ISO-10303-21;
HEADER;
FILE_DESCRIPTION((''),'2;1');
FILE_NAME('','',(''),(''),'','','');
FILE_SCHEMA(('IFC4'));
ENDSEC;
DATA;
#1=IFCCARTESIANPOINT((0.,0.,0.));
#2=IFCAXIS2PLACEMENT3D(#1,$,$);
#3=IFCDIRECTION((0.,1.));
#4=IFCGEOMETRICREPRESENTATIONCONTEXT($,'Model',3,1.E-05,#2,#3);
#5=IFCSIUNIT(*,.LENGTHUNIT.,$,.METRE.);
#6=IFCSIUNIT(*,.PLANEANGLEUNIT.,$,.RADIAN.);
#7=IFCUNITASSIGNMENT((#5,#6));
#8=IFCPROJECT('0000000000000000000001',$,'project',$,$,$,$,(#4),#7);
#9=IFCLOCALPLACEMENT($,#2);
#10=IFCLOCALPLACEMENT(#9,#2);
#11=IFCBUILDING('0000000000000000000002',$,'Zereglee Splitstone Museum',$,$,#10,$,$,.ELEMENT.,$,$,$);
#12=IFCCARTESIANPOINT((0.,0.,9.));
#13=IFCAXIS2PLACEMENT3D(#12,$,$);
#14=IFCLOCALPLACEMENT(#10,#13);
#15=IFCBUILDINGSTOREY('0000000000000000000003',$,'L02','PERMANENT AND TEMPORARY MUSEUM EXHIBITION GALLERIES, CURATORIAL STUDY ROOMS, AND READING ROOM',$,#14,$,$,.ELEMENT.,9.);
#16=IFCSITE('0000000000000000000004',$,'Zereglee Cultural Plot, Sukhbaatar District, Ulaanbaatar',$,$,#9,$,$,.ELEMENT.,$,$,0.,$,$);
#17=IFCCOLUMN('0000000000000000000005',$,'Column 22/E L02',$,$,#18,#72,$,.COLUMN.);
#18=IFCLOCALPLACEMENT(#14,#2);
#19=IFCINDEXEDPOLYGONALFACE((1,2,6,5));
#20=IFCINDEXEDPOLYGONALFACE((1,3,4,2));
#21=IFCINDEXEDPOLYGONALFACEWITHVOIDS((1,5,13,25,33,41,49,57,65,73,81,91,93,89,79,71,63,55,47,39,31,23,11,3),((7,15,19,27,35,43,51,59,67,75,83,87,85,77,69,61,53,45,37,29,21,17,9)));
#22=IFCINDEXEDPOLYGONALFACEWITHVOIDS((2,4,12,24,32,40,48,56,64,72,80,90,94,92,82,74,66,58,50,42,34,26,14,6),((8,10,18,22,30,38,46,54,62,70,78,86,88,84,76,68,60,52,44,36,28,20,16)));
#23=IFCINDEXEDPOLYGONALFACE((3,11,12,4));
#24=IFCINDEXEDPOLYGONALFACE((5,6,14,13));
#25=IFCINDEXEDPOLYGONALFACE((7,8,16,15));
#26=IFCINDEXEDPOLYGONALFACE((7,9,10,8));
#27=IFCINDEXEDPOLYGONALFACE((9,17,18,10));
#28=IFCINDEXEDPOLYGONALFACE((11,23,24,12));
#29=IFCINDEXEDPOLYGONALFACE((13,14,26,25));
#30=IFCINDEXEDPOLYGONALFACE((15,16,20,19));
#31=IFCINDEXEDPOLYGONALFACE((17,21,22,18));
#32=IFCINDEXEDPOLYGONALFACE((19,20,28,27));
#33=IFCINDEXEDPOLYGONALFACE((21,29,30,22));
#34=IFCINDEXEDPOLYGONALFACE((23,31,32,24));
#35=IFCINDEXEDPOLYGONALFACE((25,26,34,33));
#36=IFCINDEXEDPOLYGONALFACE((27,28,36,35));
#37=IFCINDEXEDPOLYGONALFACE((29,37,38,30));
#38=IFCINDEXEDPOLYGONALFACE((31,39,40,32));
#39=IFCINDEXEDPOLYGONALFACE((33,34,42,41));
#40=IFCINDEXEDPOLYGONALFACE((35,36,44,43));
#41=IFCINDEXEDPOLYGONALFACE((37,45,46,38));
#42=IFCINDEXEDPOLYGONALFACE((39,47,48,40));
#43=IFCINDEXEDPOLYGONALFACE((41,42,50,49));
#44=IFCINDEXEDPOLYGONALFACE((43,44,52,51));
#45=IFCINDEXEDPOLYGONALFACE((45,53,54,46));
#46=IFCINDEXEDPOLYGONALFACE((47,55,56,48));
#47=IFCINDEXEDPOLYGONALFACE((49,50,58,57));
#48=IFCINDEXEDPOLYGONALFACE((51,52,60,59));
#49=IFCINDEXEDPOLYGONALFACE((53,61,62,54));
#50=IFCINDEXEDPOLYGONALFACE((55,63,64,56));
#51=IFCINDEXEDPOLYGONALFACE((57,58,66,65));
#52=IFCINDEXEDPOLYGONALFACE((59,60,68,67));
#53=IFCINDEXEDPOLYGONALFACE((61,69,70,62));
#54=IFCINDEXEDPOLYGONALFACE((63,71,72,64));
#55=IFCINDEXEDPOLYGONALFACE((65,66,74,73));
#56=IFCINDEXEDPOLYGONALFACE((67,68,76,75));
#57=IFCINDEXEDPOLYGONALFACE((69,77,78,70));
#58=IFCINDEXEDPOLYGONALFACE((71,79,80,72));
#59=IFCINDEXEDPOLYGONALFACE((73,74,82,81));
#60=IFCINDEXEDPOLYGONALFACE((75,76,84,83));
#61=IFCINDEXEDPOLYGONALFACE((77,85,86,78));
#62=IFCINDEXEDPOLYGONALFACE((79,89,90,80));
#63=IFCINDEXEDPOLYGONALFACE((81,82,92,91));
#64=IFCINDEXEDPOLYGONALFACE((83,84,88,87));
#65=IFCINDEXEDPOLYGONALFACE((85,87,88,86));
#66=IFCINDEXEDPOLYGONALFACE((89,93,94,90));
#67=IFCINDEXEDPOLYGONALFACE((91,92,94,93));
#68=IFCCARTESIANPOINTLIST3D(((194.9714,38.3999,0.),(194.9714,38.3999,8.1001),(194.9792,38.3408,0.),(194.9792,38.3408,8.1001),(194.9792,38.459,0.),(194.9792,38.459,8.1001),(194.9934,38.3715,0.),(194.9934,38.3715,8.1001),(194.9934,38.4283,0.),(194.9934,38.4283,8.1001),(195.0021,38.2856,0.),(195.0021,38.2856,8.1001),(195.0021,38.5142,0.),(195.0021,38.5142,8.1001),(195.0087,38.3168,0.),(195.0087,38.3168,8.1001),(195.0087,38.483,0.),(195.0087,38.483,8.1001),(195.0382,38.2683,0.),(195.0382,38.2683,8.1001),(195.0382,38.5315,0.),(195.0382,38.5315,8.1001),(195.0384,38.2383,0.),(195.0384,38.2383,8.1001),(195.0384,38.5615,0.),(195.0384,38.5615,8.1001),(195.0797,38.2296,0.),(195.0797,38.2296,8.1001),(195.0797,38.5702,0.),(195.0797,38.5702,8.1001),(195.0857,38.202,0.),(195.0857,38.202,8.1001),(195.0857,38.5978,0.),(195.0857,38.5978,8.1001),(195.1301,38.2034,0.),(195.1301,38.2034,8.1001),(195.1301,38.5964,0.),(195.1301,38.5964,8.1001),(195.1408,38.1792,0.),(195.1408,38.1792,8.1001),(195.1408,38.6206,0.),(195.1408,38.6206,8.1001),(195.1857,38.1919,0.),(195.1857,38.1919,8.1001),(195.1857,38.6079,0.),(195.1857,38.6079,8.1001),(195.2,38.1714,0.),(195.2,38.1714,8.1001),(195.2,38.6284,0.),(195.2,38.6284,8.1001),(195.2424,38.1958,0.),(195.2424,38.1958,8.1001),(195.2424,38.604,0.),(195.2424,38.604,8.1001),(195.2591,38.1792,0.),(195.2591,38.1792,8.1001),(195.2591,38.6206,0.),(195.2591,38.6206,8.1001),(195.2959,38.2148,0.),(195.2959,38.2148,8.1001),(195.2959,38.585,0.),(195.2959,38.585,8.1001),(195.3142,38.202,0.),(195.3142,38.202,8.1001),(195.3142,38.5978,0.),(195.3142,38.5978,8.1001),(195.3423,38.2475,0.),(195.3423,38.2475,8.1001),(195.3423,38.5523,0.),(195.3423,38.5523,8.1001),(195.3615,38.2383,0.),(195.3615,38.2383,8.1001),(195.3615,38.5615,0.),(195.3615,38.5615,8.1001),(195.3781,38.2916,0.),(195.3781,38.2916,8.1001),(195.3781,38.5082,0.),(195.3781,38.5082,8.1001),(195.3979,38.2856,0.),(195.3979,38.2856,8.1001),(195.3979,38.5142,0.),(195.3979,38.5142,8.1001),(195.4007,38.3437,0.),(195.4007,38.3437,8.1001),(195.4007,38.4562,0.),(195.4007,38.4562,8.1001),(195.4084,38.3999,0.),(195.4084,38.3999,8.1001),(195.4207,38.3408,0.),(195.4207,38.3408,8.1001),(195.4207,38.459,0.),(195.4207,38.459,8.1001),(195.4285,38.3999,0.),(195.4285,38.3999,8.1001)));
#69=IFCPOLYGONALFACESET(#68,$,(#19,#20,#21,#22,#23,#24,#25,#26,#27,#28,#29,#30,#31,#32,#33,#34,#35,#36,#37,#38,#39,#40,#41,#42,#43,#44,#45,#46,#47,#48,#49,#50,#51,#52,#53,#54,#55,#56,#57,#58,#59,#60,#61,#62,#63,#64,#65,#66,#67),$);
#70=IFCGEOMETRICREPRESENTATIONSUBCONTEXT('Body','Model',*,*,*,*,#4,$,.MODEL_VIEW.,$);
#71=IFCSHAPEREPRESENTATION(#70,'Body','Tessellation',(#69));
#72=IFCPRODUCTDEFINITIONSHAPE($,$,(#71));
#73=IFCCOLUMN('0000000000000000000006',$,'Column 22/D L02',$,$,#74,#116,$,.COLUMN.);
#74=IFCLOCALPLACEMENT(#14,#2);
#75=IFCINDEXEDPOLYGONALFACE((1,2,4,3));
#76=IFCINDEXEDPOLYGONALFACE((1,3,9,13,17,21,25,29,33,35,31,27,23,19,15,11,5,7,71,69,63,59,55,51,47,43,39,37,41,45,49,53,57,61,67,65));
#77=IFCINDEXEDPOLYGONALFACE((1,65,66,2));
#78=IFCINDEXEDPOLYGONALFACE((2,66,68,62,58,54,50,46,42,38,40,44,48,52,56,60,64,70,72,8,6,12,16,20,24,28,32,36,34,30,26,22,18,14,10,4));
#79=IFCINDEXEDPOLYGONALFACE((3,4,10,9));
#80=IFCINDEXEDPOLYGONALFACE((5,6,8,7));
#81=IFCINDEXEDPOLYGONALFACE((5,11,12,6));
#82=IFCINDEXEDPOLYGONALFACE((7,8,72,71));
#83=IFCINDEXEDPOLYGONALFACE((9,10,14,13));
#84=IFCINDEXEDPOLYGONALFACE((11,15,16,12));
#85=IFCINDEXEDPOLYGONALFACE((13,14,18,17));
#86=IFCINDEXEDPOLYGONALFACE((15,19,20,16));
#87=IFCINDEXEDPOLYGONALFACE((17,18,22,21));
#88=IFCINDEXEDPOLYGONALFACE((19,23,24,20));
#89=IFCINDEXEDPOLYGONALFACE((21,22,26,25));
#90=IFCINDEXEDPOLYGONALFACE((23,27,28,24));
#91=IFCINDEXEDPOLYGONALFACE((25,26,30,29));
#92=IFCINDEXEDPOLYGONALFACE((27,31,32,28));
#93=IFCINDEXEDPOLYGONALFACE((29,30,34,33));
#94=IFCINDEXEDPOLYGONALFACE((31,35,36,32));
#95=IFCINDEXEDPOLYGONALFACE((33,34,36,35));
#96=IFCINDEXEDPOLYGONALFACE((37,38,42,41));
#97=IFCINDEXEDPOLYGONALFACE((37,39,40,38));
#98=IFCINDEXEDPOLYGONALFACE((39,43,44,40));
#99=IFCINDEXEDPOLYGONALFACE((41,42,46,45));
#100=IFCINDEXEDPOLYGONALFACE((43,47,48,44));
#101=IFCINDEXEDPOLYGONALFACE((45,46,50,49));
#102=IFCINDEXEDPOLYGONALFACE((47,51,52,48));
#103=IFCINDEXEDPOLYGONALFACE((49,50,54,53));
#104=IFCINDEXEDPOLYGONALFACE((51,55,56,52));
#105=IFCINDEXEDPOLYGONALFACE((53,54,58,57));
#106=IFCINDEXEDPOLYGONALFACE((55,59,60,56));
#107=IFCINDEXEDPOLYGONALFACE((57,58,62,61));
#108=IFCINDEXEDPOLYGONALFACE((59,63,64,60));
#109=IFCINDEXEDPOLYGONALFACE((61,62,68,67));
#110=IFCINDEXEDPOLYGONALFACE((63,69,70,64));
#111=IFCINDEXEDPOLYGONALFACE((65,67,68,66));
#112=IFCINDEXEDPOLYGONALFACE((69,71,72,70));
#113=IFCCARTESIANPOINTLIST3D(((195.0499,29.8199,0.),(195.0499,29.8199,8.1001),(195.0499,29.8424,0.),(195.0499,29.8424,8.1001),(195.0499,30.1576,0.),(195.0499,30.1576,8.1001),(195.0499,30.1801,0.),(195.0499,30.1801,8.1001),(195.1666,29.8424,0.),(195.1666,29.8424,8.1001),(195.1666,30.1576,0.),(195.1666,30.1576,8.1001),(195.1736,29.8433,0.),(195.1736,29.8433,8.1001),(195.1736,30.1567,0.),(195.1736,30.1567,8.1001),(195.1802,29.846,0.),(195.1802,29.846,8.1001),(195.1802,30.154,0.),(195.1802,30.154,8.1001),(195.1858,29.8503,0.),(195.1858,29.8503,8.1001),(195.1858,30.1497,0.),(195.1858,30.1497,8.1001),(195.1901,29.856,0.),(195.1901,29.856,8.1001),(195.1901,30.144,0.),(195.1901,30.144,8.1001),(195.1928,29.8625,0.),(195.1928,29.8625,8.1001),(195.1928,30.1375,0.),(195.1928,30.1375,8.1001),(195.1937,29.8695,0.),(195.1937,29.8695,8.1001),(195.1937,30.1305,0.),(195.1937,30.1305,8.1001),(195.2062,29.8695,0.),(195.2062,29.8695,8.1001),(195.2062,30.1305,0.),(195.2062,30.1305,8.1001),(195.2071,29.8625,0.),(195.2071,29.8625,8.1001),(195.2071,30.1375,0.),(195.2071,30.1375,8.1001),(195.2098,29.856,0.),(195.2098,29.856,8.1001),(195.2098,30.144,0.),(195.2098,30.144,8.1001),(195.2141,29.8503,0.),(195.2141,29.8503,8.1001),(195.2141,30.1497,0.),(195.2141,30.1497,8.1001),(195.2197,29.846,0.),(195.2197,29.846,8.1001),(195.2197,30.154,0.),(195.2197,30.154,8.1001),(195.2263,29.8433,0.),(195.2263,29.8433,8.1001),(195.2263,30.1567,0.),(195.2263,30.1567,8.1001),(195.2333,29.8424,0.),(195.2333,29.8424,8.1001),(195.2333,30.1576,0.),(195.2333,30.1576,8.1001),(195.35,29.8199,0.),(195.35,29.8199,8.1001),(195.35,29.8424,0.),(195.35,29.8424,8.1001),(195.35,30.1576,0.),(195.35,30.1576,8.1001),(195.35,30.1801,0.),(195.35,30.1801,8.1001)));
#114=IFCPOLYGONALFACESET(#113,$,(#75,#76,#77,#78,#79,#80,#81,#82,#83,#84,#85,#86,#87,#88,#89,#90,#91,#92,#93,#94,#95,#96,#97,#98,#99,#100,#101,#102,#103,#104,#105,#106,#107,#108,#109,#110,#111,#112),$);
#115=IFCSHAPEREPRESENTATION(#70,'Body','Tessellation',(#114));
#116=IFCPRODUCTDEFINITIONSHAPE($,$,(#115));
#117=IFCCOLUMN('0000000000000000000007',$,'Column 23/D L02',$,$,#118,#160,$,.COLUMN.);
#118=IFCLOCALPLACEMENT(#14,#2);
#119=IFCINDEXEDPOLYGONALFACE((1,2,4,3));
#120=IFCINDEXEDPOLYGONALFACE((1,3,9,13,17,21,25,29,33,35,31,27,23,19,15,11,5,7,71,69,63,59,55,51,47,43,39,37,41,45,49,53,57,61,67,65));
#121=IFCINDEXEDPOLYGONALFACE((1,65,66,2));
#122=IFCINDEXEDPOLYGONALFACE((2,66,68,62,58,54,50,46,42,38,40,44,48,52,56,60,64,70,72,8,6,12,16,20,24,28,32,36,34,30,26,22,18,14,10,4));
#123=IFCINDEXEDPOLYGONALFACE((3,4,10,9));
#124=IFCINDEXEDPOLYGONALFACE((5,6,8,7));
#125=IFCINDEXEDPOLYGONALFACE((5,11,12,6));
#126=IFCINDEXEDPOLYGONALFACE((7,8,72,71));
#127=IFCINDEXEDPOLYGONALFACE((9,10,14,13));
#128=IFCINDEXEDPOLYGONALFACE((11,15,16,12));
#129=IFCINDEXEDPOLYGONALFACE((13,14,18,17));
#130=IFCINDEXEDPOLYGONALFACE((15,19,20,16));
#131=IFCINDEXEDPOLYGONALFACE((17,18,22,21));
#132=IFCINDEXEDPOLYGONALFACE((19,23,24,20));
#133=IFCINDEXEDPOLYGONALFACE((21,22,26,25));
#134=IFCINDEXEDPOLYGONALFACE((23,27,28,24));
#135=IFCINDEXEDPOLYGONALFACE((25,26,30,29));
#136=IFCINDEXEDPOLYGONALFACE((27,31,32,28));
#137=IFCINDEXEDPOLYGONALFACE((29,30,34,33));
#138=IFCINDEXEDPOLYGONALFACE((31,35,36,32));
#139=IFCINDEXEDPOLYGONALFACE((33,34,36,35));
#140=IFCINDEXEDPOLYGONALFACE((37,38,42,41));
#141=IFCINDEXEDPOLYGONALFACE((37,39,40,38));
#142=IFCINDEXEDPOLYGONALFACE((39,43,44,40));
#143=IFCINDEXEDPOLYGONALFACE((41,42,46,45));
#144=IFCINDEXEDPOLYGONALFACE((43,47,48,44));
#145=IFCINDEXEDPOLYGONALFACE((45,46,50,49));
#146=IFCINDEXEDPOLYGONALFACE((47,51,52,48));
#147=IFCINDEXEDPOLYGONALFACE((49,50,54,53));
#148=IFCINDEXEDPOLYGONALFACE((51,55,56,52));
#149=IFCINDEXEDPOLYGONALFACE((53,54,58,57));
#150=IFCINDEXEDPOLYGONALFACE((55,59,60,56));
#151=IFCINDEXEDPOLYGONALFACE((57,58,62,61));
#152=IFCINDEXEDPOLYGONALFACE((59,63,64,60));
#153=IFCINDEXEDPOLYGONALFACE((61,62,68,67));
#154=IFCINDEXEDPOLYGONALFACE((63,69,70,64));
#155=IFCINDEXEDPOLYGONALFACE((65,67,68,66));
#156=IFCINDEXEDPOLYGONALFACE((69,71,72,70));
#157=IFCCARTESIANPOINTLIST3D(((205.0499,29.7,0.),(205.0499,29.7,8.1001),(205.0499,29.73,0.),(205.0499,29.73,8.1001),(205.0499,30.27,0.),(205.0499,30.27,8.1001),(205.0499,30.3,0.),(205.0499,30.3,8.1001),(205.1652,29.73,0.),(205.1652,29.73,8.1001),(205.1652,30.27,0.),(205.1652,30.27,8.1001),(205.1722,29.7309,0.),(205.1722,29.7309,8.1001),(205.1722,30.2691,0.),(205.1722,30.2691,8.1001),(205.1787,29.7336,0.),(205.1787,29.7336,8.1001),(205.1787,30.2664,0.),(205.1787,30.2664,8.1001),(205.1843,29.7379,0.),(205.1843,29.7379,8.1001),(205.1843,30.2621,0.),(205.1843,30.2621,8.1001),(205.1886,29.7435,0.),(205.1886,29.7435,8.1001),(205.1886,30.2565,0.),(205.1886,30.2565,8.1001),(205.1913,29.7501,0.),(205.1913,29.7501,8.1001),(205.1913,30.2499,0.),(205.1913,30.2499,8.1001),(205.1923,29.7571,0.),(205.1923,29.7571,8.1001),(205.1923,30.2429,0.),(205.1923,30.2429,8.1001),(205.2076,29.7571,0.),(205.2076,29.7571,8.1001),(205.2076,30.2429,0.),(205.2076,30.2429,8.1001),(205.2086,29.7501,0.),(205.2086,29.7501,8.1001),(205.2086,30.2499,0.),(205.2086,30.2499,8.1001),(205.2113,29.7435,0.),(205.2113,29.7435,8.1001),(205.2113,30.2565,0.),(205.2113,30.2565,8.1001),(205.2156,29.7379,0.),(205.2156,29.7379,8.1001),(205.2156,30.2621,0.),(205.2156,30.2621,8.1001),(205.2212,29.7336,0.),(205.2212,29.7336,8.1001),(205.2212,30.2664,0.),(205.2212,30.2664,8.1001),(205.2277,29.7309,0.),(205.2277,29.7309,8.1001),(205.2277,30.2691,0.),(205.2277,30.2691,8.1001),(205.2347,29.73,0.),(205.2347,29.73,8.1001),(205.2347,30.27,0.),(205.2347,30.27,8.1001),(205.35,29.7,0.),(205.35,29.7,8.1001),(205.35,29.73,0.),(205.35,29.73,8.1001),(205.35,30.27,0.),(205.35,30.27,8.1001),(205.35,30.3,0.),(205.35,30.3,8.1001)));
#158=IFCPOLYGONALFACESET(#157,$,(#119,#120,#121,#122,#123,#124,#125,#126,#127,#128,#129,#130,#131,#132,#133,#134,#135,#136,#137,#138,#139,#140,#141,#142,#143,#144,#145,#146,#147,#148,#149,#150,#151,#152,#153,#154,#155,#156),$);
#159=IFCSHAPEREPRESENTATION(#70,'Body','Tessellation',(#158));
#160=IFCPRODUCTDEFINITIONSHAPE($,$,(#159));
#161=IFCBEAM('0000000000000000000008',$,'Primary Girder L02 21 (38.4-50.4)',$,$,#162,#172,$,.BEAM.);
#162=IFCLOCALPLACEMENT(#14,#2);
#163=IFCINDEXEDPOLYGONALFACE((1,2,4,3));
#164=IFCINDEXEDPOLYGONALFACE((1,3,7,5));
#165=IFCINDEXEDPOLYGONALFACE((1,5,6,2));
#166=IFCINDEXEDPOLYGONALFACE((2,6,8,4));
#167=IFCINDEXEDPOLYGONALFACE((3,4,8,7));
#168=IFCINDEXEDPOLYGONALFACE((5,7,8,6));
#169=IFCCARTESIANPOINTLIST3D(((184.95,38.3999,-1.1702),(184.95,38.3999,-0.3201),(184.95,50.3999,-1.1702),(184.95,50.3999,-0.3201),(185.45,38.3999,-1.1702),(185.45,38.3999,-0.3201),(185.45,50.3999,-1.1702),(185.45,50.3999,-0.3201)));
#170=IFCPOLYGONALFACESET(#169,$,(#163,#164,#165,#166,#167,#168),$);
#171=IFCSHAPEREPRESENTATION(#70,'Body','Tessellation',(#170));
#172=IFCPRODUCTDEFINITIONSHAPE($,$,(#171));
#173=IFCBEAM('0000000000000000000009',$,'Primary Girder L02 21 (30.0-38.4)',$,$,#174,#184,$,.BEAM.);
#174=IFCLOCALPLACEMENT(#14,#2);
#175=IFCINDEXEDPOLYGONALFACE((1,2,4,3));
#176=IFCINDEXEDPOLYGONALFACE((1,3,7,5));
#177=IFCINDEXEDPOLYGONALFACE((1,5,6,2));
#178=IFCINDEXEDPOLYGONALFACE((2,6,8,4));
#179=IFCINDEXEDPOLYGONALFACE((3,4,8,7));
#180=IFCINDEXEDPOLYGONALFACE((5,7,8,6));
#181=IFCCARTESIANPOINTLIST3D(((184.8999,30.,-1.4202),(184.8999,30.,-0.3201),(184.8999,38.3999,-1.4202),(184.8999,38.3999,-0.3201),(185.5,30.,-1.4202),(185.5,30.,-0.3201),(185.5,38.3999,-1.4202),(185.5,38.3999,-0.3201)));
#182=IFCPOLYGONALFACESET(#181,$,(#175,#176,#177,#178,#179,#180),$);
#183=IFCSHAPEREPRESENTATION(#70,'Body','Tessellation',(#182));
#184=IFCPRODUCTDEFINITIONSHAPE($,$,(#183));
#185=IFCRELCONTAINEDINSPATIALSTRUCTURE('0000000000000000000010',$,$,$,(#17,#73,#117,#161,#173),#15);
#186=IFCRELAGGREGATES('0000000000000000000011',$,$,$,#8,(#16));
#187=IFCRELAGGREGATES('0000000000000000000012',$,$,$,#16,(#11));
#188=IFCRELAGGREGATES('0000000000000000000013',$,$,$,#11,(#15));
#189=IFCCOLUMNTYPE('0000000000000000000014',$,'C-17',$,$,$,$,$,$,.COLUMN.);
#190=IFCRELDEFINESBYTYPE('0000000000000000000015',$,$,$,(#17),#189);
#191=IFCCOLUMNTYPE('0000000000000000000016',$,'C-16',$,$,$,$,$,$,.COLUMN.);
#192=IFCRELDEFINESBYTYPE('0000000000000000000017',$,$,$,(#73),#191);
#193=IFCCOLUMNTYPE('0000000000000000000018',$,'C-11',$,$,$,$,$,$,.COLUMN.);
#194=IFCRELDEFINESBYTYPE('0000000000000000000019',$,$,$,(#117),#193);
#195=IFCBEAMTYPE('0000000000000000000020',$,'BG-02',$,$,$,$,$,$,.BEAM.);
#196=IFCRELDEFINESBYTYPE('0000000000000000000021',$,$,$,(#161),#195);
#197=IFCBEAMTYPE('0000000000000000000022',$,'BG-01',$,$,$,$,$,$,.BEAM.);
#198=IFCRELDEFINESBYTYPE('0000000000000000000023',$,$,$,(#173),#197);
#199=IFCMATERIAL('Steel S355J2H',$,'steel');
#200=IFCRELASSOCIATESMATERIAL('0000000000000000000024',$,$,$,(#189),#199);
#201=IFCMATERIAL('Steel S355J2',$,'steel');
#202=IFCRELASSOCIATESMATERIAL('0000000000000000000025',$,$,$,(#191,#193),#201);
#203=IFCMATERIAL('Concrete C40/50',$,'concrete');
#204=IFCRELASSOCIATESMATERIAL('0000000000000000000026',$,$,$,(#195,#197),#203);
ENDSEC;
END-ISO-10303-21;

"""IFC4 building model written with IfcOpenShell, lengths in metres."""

from ifc_helpers import new_model, si_unit, direction, frame, origin, origin_2d, place, context, subcontext, project, spatial, rectangle, hollow_circle, i_section, extrude, material, material_profile, profile_set, type_object, element, save


model = new_model("IFC4")

# Units and contexts
model_context = context("Model", 3, precision=1e-05, world=origin(), true_north=direction((0.0, 1.0)))
body_context = subcontext(model_context, "Body", "Model", "MODEL_VIEW")
ifc_project = project(units=[si_unit("LENGTHUNIT", "METRE"), si_unit("PLANEANGLEUNIT", "RADIAN")], contexts=[model_context])

# Site, building, storey
site_placement = place(None, origin())
site = spatial("IfcSite", under=ifc_project, at=site_placement, Name="Zereglee Cultural Plot, Sukhbaatar District, Ulaanbaatar", CompositionType="ELEMENT", RefElevation=0.0)
building_placement = place(site_placement, origin())
building = spatial("IfcBuilding", under=site, at=building_placement, Name="Zereglee Splitstone Museum", CompositionType="ELEMENT")
storey_placement = place(building_placement, frame((0.0, 0.0, 9.0)))
storey = spatial("IfcBuildingStorey", under=building, at=storey_placement, Name="L02", Description="PERMANENT AND TEMPORARY MUSEUM EXHIBITION GALLERIES, CURATORIAL STUDY ROOMS, AND READING ROOM", CompositionType="ELEMENT", Elevation=9.0)

# Columns
ifc_material_1 = material(Name="Steel S355J2H", Category="steel")
ifc_material_profile_1 = material_profile(ifc_material_1, hollow_circle(Radius=0.2285, WallThickness=0.02, at=origin_2d()), Name="CHS 457.0x20")
ifc_profile_set_1 = profile_set([ifc_material_profile_1], Name="Steel S355J2H")
column_type_1 = type_object("IfcColumnType", Name="C-17", PredefinedType="COLUMN", material=ifc_profile_set_1)
column_1_placement = place(storey_placement, frame((195.2, 38.3999, 0.0), z_axis=(0.0, 0.0, 1.0), x_axis=(1.0, 0.0, 0.0)))
element("IfcColumn", 1, at=column_1_placement, inside=storey, type_object=column_type_1, Name="Column 22/E L02", PredefinedType="COLUMN", context=body_context, shape_type="SweptSolid", body=[
    extrude(hollow_circle(Radius=0.2285, WallThickness=0.02, at=origin_2d()), origin(), (0.0, 0.0, 1.0), 8.1001),
])
ifc_material_2 = material(Name="Steel S355J2", Category="steel")
ifc_material_profile_2 = material_profile(ifc_material_2, i_section(OverallWidth=0.3, OverallDepth=0.3601, WebThickness=0.0125, FlangeThickness=0.0225, FilletRadius=0.0271, at=origin_2d()), Name="HE 360 B")
ifc_profile_set_2 = profile_set([ifc_material_profile_2], Name="Steel S355J2")
column_type_2 = type_object("IfcColumnType", Name="C-16", PredefinedType="COLUMN", material=ifc_profile_set_2)
column_2_placement = place(storey_placement, frame((195.2, 30.0, 0.0), z_axis=(0.0, 0.0, 1.0), x_axis=(1.0, 0.0, 0.0)))
element("IfcColumn", 2, at=column_2_placement, inside=storey, type_object=column_type_2, Name="Column 22/D L02", PredefinedType="COLUMN", context=body_context, shape_type="SweptSolid", body=[
    extrude(i_section(OverallWidth=0.3, OverallDepth=0.3601, WebThickness=0.0125, FlangeThickness=0.0225, FilletRadius=0.0271, at=origin_2d()), origin(), (0.0, 0.0, 1.0), 8.1001),
])
ifc_material_profile_3 = material_profile(ifc_material_2, i_section(OverallWidth=0.3, OverallDepth=0.6001, WebThickness=0.0154, FlangeThickness=0.03, FilletRadius=0.0271, at=origin_2d()), Name="HE 600 B")
ifc_profile_set_3 = profile_set([ifc_material_profile_3], Name="Steel S355J2")
column_type_3 = type_object("IfcColumnType", Name="C-11", PredefinedType="COLUMN", material=ifc_profile_set_3)
column_3_placement = place(storey_placement, frame((205.2, 30.0, 0.0), z_axis=(0.0, 0.0, 1.0), x_axis=(1.0, 0.0, 0.0)))
element("IfcColumn", 3, at=column_3_placement, inside=storey, type_object=column_type_3, Name="Column 23/D L02", PredefinedType="COLUMN", context=body_context, shape_type="SweptSolid", body=[
    extrude(i_section(OverallWidth=0.3, OverallDepth=0.6001, WebThickness=0.0154, FlangeThickness=0.03, FilletRadius=0.0271, at=origin_2d()), origin(), (0.0, 0.0, 1.0), 8.1001),
])

# Beams
ifc_material_3 = material(Name="Concrete C40/50", Category="concrete")
ifc_material_profile_4 = material_profile(ifc_material_3, rectangle(XDim=0.5, YDim=0.8501, at=origin_2d()), Name="RC 500x850")
ifc_profile_set_4 = profile_set([ifc_material_profile_4], Name="Concrete C40/50")
beam_type_1 = type_object("IfcBeamType", Name="BG-02", PredefinedType="BEAM", material=ifc_profile_set_4)
beam_1_placement = place(storey_placement, frame((185.2, 38.3999, -0.7451), z_axis=(0.0, 1.0, 0.0), x_axis=(-1.0, 0.0, 0.0)))
element("IfcBeam", 4, at=beam_1_placement, inside=storey, type_object=beam_type_1, Name="Primary Girder L02 21 (38.4-50.4)", PredefinedType="BEAM", context=body_context, shape_type="SweptSolid", body=[
    extrude(rectangle(XDim=0.5, YDim=0.8501, at=origin_2d()), origin(), (0.0, 0.0, 1.0), 12.0),
])
ifc_material_profile_5 = material_profile(ifc_material_3, rectangle(XDim=0.6001, YDim=1.1001, at=origin_2d()), Name="RC 600x1100")
ifc_profile_set_5 = profile_set([ifc_material_profile_5], Name="Concrete C40/50")
beam_type_2 = type_object("IfcBeamType", Name="BG-01", PredefinedType="BEAM", material=ifc_profile_set_5)
beam_2_placement = place(storey_placement, frame((185.2, 30.0, -0.8701), z_axis=(0.0, 1.0, 0.0), x_axis=(-1.0, 0.0, 0.0)))
element("IfcBeam", 5, at=beam_2_placement, inside=storey, type_object=beam_type_2, Name="Primary Girder L02 21 (30.0-38.4)", PredefinedType="BEAM", context=body_context, shape_type="SweptSolid", body=[
    extrude(rectangle(XDim=0.6001, YDim=1.1001, at=origin_2d()), origin(), (0.0, 0.0, 1.0), 8.3999),
])

save(model, "model.ifc")
